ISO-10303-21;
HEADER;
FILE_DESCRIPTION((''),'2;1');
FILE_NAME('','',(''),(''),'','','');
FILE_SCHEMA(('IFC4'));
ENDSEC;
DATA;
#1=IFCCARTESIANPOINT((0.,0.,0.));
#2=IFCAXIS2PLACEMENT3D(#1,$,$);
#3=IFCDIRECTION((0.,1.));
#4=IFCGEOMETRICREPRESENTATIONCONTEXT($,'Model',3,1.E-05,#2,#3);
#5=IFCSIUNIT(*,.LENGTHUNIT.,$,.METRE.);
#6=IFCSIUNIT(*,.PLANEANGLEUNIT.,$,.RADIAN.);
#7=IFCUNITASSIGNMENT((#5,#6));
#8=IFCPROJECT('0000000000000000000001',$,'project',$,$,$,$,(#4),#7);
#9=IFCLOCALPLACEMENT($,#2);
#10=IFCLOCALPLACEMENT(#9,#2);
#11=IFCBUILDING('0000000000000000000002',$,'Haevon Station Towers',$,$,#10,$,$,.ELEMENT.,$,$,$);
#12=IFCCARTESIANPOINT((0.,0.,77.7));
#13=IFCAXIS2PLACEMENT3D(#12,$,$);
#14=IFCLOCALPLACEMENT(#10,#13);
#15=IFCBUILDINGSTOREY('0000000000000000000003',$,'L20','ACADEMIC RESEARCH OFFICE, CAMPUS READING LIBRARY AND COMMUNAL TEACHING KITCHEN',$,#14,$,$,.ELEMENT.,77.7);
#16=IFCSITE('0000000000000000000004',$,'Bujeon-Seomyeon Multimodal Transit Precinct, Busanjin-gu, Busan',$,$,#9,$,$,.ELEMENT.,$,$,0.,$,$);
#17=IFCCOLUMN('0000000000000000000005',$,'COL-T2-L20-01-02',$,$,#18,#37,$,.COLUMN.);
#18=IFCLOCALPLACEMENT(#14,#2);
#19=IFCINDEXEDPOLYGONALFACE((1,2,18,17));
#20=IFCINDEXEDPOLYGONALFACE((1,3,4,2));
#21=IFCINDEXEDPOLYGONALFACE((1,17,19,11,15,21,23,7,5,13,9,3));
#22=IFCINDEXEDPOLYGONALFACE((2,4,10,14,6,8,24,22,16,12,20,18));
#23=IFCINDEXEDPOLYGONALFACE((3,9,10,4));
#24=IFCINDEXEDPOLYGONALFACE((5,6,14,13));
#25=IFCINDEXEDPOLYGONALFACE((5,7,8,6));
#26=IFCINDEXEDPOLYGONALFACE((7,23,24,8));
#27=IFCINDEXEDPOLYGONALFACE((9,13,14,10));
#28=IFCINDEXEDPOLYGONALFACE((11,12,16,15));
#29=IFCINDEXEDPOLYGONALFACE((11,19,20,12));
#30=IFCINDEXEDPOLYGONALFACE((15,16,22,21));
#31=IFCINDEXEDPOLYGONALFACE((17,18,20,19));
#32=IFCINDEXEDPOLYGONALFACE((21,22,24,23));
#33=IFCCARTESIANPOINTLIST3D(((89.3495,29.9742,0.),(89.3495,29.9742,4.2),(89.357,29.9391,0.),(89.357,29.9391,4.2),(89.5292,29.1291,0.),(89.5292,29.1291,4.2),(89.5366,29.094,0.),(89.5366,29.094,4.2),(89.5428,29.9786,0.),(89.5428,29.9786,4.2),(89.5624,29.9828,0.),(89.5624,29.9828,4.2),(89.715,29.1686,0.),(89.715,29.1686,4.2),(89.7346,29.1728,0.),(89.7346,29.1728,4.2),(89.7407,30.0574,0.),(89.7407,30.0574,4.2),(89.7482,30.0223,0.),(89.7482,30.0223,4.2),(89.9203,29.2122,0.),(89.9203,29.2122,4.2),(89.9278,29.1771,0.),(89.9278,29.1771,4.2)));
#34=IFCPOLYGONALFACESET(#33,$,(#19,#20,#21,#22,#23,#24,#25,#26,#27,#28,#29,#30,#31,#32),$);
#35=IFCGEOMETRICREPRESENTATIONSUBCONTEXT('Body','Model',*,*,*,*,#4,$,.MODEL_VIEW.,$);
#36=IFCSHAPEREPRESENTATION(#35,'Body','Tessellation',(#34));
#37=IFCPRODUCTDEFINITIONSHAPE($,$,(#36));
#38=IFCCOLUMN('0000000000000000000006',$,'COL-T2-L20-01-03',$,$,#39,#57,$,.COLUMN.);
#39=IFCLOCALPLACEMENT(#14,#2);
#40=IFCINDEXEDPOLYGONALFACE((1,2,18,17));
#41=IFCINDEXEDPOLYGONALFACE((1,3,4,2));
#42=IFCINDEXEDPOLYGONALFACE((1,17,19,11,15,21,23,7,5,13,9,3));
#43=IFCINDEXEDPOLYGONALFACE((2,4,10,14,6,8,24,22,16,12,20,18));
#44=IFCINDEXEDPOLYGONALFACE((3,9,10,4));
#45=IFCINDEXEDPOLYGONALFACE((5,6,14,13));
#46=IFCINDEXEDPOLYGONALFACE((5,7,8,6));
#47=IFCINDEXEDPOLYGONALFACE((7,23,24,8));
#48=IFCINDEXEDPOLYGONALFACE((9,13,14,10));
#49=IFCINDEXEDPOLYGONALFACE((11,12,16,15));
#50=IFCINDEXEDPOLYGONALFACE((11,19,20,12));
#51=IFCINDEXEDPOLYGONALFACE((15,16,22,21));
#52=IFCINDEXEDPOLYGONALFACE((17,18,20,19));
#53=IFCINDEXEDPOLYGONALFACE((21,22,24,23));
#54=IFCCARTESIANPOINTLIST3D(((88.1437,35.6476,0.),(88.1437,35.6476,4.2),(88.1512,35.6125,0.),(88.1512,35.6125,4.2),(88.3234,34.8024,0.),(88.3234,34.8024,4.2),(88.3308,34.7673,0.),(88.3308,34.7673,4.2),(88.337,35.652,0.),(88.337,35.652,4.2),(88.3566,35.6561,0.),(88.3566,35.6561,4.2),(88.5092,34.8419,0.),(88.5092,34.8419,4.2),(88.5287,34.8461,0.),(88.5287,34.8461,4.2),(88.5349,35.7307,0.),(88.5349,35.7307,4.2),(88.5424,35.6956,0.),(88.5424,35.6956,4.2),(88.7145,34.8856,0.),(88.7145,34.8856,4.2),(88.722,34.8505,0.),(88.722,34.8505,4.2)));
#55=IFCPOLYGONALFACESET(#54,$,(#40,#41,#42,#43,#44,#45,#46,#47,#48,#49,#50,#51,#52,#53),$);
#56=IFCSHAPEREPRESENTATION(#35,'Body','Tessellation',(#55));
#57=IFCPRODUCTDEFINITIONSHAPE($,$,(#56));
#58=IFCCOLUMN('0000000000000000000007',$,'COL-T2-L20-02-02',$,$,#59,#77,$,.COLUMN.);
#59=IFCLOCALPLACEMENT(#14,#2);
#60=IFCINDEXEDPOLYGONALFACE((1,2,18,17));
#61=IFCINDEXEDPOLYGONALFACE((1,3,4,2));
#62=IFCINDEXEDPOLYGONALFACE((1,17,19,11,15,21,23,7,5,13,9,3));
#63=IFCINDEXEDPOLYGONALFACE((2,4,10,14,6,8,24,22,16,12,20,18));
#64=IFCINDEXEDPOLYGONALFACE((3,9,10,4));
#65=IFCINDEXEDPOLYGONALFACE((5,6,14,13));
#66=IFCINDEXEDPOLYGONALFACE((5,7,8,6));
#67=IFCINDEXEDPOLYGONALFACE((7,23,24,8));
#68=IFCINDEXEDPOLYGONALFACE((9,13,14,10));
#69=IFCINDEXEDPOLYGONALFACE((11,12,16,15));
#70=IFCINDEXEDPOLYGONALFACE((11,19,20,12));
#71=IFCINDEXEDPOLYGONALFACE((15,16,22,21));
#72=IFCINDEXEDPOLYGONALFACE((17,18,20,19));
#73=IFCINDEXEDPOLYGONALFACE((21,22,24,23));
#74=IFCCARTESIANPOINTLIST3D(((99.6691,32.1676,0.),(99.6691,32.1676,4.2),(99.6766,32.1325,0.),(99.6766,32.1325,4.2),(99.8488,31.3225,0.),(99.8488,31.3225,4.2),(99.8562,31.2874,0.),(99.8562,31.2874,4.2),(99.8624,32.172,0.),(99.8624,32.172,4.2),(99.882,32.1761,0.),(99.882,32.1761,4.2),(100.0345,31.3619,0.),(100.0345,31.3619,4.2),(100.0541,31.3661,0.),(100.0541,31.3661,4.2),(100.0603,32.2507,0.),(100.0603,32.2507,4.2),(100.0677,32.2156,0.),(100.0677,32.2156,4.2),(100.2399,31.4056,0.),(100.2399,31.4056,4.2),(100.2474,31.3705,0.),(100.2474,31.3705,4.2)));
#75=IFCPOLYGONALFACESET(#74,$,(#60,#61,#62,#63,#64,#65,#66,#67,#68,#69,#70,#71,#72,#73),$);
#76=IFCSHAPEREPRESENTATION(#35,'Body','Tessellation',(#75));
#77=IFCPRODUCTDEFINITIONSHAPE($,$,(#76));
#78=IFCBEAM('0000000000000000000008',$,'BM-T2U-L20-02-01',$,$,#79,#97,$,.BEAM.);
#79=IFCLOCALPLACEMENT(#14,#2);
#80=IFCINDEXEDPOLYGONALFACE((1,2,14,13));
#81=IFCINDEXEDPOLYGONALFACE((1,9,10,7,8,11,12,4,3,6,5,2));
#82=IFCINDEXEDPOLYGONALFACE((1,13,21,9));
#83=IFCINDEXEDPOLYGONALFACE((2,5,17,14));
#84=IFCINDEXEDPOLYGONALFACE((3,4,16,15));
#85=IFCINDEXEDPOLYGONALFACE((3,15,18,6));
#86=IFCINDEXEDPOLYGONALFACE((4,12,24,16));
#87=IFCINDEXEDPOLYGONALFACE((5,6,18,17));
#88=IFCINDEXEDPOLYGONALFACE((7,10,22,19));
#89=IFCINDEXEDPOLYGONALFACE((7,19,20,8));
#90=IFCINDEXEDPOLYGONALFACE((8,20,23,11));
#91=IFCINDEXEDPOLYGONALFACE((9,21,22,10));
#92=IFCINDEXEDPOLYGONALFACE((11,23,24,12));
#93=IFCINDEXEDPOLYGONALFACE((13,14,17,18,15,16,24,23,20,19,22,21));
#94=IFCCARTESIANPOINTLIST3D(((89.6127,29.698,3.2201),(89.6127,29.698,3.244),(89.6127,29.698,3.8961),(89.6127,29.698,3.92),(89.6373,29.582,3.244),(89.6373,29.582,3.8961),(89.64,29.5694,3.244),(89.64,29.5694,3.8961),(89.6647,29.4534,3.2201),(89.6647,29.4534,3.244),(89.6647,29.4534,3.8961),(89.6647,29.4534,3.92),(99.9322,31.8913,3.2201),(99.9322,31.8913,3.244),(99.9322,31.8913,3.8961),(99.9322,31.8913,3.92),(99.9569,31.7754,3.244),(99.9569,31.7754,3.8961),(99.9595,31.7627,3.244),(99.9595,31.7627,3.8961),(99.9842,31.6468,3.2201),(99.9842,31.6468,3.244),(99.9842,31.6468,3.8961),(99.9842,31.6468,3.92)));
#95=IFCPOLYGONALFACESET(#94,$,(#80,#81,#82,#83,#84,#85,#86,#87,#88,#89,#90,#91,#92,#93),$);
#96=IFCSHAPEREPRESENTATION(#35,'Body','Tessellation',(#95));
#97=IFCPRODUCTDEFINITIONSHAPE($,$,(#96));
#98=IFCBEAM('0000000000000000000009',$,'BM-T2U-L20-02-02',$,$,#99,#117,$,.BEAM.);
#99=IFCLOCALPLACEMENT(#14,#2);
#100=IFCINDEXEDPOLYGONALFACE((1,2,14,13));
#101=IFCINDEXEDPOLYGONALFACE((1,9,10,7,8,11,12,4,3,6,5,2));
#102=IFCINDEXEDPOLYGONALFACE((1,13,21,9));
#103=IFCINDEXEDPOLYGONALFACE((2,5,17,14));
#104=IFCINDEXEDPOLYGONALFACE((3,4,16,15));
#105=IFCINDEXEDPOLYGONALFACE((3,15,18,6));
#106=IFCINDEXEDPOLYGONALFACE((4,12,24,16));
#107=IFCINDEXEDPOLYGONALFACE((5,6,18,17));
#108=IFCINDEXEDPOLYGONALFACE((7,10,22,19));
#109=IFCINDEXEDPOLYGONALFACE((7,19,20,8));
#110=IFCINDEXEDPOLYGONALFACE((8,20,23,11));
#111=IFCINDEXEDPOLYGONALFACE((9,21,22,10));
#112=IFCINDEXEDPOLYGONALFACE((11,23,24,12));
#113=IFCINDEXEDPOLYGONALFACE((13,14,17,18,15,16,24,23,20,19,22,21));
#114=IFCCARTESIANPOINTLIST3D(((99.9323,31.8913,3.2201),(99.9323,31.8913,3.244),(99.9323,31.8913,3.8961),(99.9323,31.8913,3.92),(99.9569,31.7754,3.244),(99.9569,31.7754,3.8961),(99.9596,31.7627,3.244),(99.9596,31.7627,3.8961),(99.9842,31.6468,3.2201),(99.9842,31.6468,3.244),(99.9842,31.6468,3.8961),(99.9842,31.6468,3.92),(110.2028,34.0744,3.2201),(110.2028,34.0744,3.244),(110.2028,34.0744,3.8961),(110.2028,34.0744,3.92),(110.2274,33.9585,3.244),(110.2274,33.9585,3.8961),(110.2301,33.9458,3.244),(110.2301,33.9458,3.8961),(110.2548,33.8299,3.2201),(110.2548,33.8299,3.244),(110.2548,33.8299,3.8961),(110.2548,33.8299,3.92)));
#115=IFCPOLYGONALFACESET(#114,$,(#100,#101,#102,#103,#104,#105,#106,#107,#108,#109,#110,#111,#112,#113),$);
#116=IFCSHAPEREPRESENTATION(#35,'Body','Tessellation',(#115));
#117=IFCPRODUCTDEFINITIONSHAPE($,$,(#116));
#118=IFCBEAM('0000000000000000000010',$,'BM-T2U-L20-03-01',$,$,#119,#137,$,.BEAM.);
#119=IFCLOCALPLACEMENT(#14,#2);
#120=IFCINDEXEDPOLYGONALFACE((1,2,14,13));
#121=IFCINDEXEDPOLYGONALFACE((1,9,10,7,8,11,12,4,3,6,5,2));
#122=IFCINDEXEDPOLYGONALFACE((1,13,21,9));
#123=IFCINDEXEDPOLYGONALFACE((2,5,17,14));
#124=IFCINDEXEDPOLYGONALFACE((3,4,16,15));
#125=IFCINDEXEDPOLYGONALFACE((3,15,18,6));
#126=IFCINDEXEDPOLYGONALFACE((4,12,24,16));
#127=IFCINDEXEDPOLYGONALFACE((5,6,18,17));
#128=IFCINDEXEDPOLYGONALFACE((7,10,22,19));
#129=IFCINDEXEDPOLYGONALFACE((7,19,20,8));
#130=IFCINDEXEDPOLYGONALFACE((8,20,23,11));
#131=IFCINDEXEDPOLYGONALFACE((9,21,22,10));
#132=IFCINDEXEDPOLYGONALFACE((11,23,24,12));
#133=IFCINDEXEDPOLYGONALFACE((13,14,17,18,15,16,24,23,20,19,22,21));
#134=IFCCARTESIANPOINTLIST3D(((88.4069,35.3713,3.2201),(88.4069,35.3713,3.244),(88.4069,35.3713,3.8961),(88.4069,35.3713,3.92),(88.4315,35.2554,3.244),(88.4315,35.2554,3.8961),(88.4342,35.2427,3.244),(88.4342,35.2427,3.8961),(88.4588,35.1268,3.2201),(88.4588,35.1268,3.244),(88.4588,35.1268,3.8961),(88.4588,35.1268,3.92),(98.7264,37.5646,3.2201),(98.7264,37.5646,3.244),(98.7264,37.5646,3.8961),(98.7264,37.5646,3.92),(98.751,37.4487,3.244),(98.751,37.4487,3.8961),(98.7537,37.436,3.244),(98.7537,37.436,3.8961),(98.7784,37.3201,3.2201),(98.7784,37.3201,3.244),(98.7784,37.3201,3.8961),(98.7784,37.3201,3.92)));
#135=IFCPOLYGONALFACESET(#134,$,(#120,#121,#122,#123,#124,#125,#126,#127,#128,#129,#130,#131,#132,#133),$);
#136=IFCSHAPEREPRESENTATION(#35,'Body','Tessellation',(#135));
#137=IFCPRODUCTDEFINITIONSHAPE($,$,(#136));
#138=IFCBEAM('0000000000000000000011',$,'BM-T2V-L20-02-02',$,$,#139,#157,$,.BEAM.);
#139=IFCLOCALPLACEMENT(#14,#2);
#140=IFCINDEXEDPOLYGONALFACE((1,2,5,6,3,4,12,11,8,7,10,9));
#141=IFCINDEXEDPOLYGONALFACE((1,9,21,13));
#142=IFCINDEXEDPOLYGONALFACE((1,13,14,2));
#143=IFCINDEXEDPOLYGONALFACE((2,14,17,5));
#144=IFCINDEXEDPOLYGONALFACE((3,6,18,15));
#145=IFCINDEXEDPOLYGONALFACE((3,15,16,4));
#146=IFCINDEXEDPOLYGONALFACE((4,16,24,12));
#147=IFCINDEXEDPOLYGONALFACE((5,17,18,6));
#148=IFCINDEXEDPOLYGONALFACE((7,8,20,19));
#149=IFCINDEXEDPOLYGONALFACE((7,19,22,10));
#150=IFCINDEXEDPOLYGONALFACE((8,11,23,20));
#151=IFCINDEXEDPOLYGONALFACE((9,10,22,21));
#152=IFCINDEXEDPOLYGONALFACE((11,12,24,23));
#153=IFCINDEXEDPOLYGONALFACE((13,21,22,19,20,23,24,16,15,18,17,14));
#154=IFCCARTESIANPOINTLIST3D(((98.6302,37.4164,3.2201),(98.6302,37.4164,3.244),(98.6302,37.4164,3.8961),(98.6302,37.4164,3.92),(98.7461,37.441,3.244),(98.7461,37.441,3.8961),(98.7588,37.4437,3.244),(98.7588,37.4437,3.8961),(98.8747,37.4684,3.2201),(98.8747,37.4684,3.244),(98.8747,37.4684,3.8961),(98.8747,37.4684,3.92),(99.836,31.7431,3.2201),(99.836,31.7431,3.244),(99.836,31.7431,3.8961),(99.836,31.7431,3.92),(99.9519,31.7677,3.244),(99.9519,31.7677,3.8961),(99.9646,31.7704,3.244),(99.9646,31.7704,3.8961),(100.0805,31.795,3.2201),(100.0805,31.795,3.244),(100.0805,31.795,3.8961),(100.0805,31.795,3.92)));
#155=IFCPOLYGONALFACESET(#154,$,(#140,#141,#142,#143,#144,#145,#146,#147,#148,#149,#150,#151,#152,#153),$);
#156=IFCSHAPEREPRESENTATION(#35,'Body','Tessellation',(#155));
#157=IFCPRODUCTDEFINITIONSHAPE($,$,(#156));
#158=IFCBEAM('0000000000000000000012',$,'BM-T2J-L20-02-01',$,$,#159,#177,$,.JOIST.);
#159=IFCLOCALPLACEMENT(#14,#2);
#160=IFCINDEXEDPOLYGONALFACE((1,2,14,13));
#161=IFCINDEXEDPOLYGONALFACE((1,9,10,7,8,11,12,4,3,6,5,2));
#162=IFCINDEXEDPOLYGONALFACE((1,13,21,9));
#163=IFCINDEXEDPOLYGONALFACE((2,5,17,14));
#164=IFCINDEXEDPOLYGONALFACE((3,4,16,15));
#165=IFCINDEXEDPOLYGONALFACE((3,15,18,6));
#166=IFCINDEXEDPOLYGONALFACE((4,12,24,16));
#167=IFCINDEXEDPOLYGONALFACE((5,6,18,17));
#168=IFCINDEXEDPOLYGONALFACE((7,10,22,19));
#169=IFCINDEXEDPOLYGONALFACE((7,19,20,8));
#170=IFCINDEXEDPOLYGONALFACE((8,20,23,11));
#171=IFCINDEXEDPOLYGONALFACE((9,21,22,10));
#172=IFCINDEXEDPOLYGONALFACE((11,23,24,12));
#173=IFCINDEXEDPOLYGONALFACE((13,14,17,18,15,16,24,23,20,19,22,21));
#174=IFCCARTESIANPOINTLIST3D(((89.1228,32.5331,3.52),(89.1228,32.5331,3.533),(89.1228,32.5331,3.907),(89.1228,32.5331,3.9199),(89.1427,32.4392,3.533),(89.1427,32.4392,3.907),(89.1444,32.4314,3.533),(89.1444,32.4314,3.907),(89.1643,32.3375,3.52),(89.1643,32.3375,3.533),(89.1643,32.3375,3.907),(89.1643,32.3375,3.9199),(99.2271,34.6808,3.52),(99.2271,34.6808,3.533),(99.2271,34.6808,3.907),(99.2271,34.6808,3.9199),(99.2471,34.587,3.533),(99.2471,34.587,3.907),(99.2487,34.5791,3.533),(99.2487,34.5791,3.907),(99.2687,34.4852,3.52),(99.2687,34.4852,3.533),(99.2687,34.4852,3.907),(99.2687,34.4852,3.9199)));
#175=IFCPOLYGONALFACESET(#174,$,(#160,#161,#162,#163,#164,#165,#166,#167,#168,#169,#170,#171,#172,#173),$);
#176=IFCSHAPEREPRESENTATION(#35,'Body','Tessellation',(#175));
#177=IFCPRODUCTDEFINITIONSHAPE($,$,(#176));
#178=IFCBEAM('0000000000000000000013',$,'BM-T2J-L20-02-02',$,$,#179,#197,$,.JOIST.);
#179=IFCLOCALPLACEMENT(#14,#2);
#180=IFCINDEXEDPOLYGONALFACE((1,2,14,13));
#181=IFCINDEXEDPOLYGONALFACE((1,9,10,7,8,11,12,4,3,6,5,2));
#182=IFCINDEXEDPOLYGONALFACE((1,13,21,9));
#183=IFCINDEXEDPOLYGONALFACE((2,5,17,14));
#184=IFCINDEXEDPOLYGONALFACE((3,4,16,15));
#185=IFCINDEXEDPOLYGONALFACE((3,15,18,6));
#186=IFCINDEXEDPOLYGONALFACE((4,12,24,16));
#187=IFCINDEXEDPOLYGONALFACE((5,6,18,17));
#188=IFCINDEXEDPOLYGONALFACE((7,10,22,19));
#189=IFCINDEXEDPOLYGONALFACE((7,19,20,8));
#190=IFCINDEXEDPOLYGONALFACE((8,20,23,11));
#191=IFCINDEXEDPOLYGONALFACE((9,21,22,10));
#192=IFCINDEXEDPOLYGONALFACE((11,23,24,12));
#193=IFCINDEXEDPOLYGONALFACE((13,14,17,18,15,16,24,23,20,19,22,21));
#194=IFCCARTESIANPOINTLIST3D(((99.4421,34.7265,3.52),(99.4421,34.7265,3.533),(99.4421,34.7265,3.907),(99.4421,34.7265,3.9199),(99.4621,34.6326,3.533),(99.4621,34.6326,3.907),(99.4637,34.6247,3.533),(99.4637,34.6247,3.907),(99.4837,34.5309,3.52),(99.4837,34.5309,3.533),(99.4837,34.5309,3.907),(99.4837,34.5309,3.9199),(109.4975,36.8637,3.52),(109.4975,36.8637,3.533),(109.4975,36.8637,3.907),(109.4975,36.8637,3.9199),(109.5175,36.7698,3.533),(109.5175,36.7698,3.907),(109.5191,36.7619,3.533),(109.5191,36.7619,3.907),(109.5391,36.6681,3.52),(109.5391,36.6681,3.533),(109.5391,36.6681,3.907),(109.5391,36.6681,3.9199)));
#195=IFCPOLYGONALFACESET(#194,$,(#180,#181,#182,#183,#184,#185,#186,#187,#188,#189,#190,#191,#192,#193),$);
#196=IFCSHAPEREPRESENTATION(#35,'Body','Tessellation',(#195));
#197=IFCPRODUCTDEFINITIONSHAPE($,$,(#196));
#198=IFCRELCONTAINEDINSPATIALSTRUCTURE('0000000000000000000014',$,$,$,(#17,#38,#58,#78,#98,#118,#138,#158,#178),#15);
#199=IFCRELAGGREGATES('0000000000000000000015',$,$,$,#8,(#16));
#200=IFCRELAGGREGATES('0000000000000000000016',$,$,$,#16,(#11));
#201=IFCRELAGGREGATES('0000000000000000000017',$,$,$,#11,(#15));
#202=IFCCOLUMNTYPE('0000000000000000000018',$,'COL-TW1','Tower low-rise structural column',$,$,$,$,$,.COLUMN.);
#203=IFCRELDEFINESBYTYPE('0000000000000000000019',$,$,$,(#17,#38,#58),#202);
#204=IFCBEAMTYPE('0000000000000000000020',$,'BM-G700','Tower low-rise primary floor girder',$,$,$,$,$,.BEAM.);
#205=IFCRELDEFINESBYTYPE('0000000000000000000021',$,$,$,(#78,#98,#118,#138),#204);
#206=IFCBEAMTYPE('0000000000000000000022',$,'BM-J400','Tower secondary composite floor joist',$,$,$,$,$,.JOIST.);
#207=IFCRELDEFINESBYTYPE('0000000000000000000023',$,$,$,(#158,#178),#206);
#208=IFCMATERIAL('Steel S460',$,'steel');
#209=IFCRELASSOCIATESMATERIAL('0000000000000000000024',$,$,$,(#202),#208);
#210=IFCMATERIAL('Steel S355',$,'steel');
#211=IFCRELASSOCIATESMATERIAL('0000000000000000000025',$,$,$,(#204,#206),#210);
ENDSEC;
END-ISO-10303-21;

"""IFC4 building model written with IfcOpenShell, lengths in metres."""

from ifc_helpers import new_model, si_unit, direction, frame, origin, origin_2d, place, context, subcontext, project, spatial, i_section, extrude, material, material_profile, profile_set, type_object, element, save


model = new_model("IFC4")

# Units and contexts
model_context = context("Model", 3, precision=1e-05, world=origin(), true_north=direction((0.0, 1.0)))
body_context = subcontext(model_context, "Body", "Model", "MODEL_VIEW")
ifc_project = project(units=[si_unit("LENGTHUNIT", "METRE"), si_unit("PLANEANGLEUNIT", "RADIAN")], contexts=[model_context])

# Site, building, storey
site_placement = place(None, origin())
site = spatial("IfcSite", under=ifc_project, at=site_placement, Name="Bujeon-Seomyeon Multimodal Transit Precinct, Busanjin-gu, Busan", CompositionType="ELEMENT", RefElevation=0.0)
building_placement = place(site_placement, origin())
building = spatial("IfcBuilding", under=site, at=building_placement, Name="Haevon Station Towers", CompositionType="ELEMENT")
storey_placement = place(building_placement, frame((0.0, 0.0, 77.7)))
storey = spatial("IfcBuildingStorey", under=building, at=storey_placement, Name="L20", Description="ACADEMIC RESEARCH OFFICE, CAMPUS READING LIBRARY AND COMMUNAL TEACHING KITCHEN", CompositionType="ELEMENT", Elevation=77.7)

# Columns
ifc_material_1 = material(Name="Steel S460", Category="steel")
ifc_material_profile_1 = material_profile(ifc_material_1, i_section(OverallWidth=0.3999, OverallDepth=0.8999, WebThickness=0.02, FlangeThickness=0.0359, at=origin_2d()), Name="H-900x400x20x36")
ifc_profile_set_1 = profile_set([ifc_material_profile_1], Name="Steel S460")
column_type = type_object("IfcColumnType", Name="COL-TW1", Description="Tower low-rise structural column", PredefinedType="COLUMN", material=ifc_profile_set_1)
for number, where, z_axis, x_axis, name in (
    (1, (89.6387, 29.5757, 0.0), (0.0, 0.0, 1.0), (0.978148, 0.207912, 0.0), "COL-T2-L20-01-02"),
    (2, (88.4329, 35.249, 0.0), (0.0, 0.0, 1.0), (0.978148, 0.207912, 0.0), "COL-T2-L20-01-03"),
    (3, (99.9583, 31.769, 0.0), (0.0, 0.0, 1.0), (0.978148, 0.207912, 0.0), "COL-T2-L20-02-02"),
):
    element("IfcColumn", number, at=place(storey_placement, frame(where, z_axis=z_axis, x_axis=x_axis)), inside=storey, type_object=column_type, Name=name, PredefinedType="COLUMN", context=body_context, shape_type="SweptSolid", body=[
        extrude(i_section(OverallWidth=0.3999, OverallDepth=0.8999, WebThickness=0.02, FlangeThickness=0.0359, at=origin_2d()), origin(), (0.0, 0.0, 1.0), 4.2),
    ])

# Beams
ifc_material_2 = material(Name="Steel S355", Category="steel")
ifc_material_profile_2 = material_profile(ifc_material_2, i_section(OverallWidth=0.25, OverallDepth=0.7, WebThickness=0.0129, FlangeThickness=0.0239, at=origin_2d()), Name="H-700x250x13x24")
ifc_profile_set_2 = profile_set([ifc_material_profile_2], Name="Steel S355")
beam_type_1 = type_object("IfcBeamType", Name="BM-G700", Description="Tower low-rise primary floor girder", PredefinedType="BEAM", material=ifc_profile_set_2)
beam_1_placement = place(storey_placement, frame((89.6387, 29.5757, 3.5701), z_axis=(0.97815, 0.207899, 0.0), x_axis=(-0.207899, 0.97815, 0.0)))
element("IfcBeam", 4, at=beam_1_placement, inside=storey, type_object=beam_type_1, Name="BM-T2U-L20-02-01", PredefinedType="BEAM", context=body_context, shape_type="SweptSolid", body=[
    extrude(i_section(OverallWidth=0.25, OverallDepth=0.7, WebThickness=0.0129, FlangeThickness=0.0239, at=origin_2d()), origin(), (0.0, 0.0, 1.0), 10.55),
])
beam_2_placement = place(storey_placement, frame((99.9583, 31.769, 3.5701), z_axis=(0.978147, 0.207915, 0.0), x_axis=(-0.207915, 0.978147, 0.0)))
element("IfcBeam", 5, at=beam_2_placement, inside=storey, type_object=beam_type_1, Name="BM-T2U-L20-02-02", PredefinedType="BEAM", context=body_context, shape_type="SweptSolid", body=[
    extrude(i_section(OverallWidth=0.25, OverallDepth=0.7, WebThickness=0.0129, FlangeThickness=0.0239, at=origin_2d()), origin(), (0.0, 0.0, 1.0), 10.5),
])
beam_3_placement = place(storey_placement, frame((88.4329, 35.249, 3.5701), z_axis=(0.97815, 0.207899, 0.0), x_axis=(-0.207899, 0.97815, 0.0)))
element("IfcBeam", 6, at=beam_3_placement, inside=storey, type_object=beam_type_1, Name="BM-T2U-L20-03-01", PredefinedType="BEAM", context=body_context, shape_type="SweptSolid", body=[
    extrude(i_section(OverallWidth=0.25, OverallDepth=0.7, WebThickness=0.0129, FlangeThickness=0.0239, at=origin_2d()), origin(), (0.0, 0.0, 1.0), 10.55),
])
beam_4_placement = place(storey_placement, frame((99.9583, 31.769, 3.5701), z_axis=(-0.207896, 0.978151, 0.0), x_axis=(-0.978151, -0.207896, 0.0)))
element("IfcBeam", 7, at=beam_4_placement, inside=storey, type_object=beam_type_1, Name="BM-T2V-L20-02-02", PredefinedType="BEAM", context=body_context, shape_type="SweptSolid", body=[
    extrude(i_section(OverallWidth=0.25, OverallDepth=0.7, WebThickness=0.0129, FlangeThickness=0.0239, at=origin_2d()), origin(), (0.0, 0.0, 1.0), 5.8),
])
ifc_material_profile_3 = material_profile(ifc_material_2, i_section(OverallWidth=0.2, OverallDepth=0.3999, WebThickness=0.0081, FlangeThickness=0.0129, at=origin_2d()), Name="H-400x200x8x13")
ifc_profile_set_3 = profile_set([ifc_material_profile_3], Name="Steel S355")
beam_type_2 = type_object("IfcBeamType", Name="BM-J400", Description="Tower secondary composite floor joist", PredefinedType="JOIST", material=ifc_profile_set_3)
beam_5_placement = place(storey_placement, frame((89.1436, 32.4353, 3.72), z_axis=(0.978148, 0.20791, 0.0), x_axis=(-0.20791, 0.978148, 0.0)))
element("IfcBeam", 8, at=beam_5_placement, inside=storey, type_object=beam_type_2, Name="BM-T2J-L20-02-01", PredefinedType="JOIST", context=body_context, shape_type="SweptSolid", body=[
    extrude(i_section(OverallWidth=0.2, OverallDepth=0.3999, WebThickness=0.0081, FlangeThickness=0.0129, at=origin_2d()), origin(), (0.0, 0.0, 1.0), 10.3301),
])
beam_6_placement = place(storey_placement, frame((99.4629, 34.6287, 3.72), z_axis=(0.97815, 0.207899, 0.0), x_axis=(-0.207899, 0.97815, 0.0)))
element("IfcBeam", 9, at=beam_6_placement, inside=storey, type_object=beam_type_2, Name="BM-T2J-L20-02-02", PredefinedType="JOIST", context=body_context, shape_type="SweptSolid", body=[
    extrude(i_section(OverallWidth=0.2, OverallDepth=0.3999, WebThickness=0.0081, FlangeThickness=0.0129, at=origin_2d()), origin(), (0.0, 0.0, 1.0), 10.28),
])

save(model, "model.ifc")
